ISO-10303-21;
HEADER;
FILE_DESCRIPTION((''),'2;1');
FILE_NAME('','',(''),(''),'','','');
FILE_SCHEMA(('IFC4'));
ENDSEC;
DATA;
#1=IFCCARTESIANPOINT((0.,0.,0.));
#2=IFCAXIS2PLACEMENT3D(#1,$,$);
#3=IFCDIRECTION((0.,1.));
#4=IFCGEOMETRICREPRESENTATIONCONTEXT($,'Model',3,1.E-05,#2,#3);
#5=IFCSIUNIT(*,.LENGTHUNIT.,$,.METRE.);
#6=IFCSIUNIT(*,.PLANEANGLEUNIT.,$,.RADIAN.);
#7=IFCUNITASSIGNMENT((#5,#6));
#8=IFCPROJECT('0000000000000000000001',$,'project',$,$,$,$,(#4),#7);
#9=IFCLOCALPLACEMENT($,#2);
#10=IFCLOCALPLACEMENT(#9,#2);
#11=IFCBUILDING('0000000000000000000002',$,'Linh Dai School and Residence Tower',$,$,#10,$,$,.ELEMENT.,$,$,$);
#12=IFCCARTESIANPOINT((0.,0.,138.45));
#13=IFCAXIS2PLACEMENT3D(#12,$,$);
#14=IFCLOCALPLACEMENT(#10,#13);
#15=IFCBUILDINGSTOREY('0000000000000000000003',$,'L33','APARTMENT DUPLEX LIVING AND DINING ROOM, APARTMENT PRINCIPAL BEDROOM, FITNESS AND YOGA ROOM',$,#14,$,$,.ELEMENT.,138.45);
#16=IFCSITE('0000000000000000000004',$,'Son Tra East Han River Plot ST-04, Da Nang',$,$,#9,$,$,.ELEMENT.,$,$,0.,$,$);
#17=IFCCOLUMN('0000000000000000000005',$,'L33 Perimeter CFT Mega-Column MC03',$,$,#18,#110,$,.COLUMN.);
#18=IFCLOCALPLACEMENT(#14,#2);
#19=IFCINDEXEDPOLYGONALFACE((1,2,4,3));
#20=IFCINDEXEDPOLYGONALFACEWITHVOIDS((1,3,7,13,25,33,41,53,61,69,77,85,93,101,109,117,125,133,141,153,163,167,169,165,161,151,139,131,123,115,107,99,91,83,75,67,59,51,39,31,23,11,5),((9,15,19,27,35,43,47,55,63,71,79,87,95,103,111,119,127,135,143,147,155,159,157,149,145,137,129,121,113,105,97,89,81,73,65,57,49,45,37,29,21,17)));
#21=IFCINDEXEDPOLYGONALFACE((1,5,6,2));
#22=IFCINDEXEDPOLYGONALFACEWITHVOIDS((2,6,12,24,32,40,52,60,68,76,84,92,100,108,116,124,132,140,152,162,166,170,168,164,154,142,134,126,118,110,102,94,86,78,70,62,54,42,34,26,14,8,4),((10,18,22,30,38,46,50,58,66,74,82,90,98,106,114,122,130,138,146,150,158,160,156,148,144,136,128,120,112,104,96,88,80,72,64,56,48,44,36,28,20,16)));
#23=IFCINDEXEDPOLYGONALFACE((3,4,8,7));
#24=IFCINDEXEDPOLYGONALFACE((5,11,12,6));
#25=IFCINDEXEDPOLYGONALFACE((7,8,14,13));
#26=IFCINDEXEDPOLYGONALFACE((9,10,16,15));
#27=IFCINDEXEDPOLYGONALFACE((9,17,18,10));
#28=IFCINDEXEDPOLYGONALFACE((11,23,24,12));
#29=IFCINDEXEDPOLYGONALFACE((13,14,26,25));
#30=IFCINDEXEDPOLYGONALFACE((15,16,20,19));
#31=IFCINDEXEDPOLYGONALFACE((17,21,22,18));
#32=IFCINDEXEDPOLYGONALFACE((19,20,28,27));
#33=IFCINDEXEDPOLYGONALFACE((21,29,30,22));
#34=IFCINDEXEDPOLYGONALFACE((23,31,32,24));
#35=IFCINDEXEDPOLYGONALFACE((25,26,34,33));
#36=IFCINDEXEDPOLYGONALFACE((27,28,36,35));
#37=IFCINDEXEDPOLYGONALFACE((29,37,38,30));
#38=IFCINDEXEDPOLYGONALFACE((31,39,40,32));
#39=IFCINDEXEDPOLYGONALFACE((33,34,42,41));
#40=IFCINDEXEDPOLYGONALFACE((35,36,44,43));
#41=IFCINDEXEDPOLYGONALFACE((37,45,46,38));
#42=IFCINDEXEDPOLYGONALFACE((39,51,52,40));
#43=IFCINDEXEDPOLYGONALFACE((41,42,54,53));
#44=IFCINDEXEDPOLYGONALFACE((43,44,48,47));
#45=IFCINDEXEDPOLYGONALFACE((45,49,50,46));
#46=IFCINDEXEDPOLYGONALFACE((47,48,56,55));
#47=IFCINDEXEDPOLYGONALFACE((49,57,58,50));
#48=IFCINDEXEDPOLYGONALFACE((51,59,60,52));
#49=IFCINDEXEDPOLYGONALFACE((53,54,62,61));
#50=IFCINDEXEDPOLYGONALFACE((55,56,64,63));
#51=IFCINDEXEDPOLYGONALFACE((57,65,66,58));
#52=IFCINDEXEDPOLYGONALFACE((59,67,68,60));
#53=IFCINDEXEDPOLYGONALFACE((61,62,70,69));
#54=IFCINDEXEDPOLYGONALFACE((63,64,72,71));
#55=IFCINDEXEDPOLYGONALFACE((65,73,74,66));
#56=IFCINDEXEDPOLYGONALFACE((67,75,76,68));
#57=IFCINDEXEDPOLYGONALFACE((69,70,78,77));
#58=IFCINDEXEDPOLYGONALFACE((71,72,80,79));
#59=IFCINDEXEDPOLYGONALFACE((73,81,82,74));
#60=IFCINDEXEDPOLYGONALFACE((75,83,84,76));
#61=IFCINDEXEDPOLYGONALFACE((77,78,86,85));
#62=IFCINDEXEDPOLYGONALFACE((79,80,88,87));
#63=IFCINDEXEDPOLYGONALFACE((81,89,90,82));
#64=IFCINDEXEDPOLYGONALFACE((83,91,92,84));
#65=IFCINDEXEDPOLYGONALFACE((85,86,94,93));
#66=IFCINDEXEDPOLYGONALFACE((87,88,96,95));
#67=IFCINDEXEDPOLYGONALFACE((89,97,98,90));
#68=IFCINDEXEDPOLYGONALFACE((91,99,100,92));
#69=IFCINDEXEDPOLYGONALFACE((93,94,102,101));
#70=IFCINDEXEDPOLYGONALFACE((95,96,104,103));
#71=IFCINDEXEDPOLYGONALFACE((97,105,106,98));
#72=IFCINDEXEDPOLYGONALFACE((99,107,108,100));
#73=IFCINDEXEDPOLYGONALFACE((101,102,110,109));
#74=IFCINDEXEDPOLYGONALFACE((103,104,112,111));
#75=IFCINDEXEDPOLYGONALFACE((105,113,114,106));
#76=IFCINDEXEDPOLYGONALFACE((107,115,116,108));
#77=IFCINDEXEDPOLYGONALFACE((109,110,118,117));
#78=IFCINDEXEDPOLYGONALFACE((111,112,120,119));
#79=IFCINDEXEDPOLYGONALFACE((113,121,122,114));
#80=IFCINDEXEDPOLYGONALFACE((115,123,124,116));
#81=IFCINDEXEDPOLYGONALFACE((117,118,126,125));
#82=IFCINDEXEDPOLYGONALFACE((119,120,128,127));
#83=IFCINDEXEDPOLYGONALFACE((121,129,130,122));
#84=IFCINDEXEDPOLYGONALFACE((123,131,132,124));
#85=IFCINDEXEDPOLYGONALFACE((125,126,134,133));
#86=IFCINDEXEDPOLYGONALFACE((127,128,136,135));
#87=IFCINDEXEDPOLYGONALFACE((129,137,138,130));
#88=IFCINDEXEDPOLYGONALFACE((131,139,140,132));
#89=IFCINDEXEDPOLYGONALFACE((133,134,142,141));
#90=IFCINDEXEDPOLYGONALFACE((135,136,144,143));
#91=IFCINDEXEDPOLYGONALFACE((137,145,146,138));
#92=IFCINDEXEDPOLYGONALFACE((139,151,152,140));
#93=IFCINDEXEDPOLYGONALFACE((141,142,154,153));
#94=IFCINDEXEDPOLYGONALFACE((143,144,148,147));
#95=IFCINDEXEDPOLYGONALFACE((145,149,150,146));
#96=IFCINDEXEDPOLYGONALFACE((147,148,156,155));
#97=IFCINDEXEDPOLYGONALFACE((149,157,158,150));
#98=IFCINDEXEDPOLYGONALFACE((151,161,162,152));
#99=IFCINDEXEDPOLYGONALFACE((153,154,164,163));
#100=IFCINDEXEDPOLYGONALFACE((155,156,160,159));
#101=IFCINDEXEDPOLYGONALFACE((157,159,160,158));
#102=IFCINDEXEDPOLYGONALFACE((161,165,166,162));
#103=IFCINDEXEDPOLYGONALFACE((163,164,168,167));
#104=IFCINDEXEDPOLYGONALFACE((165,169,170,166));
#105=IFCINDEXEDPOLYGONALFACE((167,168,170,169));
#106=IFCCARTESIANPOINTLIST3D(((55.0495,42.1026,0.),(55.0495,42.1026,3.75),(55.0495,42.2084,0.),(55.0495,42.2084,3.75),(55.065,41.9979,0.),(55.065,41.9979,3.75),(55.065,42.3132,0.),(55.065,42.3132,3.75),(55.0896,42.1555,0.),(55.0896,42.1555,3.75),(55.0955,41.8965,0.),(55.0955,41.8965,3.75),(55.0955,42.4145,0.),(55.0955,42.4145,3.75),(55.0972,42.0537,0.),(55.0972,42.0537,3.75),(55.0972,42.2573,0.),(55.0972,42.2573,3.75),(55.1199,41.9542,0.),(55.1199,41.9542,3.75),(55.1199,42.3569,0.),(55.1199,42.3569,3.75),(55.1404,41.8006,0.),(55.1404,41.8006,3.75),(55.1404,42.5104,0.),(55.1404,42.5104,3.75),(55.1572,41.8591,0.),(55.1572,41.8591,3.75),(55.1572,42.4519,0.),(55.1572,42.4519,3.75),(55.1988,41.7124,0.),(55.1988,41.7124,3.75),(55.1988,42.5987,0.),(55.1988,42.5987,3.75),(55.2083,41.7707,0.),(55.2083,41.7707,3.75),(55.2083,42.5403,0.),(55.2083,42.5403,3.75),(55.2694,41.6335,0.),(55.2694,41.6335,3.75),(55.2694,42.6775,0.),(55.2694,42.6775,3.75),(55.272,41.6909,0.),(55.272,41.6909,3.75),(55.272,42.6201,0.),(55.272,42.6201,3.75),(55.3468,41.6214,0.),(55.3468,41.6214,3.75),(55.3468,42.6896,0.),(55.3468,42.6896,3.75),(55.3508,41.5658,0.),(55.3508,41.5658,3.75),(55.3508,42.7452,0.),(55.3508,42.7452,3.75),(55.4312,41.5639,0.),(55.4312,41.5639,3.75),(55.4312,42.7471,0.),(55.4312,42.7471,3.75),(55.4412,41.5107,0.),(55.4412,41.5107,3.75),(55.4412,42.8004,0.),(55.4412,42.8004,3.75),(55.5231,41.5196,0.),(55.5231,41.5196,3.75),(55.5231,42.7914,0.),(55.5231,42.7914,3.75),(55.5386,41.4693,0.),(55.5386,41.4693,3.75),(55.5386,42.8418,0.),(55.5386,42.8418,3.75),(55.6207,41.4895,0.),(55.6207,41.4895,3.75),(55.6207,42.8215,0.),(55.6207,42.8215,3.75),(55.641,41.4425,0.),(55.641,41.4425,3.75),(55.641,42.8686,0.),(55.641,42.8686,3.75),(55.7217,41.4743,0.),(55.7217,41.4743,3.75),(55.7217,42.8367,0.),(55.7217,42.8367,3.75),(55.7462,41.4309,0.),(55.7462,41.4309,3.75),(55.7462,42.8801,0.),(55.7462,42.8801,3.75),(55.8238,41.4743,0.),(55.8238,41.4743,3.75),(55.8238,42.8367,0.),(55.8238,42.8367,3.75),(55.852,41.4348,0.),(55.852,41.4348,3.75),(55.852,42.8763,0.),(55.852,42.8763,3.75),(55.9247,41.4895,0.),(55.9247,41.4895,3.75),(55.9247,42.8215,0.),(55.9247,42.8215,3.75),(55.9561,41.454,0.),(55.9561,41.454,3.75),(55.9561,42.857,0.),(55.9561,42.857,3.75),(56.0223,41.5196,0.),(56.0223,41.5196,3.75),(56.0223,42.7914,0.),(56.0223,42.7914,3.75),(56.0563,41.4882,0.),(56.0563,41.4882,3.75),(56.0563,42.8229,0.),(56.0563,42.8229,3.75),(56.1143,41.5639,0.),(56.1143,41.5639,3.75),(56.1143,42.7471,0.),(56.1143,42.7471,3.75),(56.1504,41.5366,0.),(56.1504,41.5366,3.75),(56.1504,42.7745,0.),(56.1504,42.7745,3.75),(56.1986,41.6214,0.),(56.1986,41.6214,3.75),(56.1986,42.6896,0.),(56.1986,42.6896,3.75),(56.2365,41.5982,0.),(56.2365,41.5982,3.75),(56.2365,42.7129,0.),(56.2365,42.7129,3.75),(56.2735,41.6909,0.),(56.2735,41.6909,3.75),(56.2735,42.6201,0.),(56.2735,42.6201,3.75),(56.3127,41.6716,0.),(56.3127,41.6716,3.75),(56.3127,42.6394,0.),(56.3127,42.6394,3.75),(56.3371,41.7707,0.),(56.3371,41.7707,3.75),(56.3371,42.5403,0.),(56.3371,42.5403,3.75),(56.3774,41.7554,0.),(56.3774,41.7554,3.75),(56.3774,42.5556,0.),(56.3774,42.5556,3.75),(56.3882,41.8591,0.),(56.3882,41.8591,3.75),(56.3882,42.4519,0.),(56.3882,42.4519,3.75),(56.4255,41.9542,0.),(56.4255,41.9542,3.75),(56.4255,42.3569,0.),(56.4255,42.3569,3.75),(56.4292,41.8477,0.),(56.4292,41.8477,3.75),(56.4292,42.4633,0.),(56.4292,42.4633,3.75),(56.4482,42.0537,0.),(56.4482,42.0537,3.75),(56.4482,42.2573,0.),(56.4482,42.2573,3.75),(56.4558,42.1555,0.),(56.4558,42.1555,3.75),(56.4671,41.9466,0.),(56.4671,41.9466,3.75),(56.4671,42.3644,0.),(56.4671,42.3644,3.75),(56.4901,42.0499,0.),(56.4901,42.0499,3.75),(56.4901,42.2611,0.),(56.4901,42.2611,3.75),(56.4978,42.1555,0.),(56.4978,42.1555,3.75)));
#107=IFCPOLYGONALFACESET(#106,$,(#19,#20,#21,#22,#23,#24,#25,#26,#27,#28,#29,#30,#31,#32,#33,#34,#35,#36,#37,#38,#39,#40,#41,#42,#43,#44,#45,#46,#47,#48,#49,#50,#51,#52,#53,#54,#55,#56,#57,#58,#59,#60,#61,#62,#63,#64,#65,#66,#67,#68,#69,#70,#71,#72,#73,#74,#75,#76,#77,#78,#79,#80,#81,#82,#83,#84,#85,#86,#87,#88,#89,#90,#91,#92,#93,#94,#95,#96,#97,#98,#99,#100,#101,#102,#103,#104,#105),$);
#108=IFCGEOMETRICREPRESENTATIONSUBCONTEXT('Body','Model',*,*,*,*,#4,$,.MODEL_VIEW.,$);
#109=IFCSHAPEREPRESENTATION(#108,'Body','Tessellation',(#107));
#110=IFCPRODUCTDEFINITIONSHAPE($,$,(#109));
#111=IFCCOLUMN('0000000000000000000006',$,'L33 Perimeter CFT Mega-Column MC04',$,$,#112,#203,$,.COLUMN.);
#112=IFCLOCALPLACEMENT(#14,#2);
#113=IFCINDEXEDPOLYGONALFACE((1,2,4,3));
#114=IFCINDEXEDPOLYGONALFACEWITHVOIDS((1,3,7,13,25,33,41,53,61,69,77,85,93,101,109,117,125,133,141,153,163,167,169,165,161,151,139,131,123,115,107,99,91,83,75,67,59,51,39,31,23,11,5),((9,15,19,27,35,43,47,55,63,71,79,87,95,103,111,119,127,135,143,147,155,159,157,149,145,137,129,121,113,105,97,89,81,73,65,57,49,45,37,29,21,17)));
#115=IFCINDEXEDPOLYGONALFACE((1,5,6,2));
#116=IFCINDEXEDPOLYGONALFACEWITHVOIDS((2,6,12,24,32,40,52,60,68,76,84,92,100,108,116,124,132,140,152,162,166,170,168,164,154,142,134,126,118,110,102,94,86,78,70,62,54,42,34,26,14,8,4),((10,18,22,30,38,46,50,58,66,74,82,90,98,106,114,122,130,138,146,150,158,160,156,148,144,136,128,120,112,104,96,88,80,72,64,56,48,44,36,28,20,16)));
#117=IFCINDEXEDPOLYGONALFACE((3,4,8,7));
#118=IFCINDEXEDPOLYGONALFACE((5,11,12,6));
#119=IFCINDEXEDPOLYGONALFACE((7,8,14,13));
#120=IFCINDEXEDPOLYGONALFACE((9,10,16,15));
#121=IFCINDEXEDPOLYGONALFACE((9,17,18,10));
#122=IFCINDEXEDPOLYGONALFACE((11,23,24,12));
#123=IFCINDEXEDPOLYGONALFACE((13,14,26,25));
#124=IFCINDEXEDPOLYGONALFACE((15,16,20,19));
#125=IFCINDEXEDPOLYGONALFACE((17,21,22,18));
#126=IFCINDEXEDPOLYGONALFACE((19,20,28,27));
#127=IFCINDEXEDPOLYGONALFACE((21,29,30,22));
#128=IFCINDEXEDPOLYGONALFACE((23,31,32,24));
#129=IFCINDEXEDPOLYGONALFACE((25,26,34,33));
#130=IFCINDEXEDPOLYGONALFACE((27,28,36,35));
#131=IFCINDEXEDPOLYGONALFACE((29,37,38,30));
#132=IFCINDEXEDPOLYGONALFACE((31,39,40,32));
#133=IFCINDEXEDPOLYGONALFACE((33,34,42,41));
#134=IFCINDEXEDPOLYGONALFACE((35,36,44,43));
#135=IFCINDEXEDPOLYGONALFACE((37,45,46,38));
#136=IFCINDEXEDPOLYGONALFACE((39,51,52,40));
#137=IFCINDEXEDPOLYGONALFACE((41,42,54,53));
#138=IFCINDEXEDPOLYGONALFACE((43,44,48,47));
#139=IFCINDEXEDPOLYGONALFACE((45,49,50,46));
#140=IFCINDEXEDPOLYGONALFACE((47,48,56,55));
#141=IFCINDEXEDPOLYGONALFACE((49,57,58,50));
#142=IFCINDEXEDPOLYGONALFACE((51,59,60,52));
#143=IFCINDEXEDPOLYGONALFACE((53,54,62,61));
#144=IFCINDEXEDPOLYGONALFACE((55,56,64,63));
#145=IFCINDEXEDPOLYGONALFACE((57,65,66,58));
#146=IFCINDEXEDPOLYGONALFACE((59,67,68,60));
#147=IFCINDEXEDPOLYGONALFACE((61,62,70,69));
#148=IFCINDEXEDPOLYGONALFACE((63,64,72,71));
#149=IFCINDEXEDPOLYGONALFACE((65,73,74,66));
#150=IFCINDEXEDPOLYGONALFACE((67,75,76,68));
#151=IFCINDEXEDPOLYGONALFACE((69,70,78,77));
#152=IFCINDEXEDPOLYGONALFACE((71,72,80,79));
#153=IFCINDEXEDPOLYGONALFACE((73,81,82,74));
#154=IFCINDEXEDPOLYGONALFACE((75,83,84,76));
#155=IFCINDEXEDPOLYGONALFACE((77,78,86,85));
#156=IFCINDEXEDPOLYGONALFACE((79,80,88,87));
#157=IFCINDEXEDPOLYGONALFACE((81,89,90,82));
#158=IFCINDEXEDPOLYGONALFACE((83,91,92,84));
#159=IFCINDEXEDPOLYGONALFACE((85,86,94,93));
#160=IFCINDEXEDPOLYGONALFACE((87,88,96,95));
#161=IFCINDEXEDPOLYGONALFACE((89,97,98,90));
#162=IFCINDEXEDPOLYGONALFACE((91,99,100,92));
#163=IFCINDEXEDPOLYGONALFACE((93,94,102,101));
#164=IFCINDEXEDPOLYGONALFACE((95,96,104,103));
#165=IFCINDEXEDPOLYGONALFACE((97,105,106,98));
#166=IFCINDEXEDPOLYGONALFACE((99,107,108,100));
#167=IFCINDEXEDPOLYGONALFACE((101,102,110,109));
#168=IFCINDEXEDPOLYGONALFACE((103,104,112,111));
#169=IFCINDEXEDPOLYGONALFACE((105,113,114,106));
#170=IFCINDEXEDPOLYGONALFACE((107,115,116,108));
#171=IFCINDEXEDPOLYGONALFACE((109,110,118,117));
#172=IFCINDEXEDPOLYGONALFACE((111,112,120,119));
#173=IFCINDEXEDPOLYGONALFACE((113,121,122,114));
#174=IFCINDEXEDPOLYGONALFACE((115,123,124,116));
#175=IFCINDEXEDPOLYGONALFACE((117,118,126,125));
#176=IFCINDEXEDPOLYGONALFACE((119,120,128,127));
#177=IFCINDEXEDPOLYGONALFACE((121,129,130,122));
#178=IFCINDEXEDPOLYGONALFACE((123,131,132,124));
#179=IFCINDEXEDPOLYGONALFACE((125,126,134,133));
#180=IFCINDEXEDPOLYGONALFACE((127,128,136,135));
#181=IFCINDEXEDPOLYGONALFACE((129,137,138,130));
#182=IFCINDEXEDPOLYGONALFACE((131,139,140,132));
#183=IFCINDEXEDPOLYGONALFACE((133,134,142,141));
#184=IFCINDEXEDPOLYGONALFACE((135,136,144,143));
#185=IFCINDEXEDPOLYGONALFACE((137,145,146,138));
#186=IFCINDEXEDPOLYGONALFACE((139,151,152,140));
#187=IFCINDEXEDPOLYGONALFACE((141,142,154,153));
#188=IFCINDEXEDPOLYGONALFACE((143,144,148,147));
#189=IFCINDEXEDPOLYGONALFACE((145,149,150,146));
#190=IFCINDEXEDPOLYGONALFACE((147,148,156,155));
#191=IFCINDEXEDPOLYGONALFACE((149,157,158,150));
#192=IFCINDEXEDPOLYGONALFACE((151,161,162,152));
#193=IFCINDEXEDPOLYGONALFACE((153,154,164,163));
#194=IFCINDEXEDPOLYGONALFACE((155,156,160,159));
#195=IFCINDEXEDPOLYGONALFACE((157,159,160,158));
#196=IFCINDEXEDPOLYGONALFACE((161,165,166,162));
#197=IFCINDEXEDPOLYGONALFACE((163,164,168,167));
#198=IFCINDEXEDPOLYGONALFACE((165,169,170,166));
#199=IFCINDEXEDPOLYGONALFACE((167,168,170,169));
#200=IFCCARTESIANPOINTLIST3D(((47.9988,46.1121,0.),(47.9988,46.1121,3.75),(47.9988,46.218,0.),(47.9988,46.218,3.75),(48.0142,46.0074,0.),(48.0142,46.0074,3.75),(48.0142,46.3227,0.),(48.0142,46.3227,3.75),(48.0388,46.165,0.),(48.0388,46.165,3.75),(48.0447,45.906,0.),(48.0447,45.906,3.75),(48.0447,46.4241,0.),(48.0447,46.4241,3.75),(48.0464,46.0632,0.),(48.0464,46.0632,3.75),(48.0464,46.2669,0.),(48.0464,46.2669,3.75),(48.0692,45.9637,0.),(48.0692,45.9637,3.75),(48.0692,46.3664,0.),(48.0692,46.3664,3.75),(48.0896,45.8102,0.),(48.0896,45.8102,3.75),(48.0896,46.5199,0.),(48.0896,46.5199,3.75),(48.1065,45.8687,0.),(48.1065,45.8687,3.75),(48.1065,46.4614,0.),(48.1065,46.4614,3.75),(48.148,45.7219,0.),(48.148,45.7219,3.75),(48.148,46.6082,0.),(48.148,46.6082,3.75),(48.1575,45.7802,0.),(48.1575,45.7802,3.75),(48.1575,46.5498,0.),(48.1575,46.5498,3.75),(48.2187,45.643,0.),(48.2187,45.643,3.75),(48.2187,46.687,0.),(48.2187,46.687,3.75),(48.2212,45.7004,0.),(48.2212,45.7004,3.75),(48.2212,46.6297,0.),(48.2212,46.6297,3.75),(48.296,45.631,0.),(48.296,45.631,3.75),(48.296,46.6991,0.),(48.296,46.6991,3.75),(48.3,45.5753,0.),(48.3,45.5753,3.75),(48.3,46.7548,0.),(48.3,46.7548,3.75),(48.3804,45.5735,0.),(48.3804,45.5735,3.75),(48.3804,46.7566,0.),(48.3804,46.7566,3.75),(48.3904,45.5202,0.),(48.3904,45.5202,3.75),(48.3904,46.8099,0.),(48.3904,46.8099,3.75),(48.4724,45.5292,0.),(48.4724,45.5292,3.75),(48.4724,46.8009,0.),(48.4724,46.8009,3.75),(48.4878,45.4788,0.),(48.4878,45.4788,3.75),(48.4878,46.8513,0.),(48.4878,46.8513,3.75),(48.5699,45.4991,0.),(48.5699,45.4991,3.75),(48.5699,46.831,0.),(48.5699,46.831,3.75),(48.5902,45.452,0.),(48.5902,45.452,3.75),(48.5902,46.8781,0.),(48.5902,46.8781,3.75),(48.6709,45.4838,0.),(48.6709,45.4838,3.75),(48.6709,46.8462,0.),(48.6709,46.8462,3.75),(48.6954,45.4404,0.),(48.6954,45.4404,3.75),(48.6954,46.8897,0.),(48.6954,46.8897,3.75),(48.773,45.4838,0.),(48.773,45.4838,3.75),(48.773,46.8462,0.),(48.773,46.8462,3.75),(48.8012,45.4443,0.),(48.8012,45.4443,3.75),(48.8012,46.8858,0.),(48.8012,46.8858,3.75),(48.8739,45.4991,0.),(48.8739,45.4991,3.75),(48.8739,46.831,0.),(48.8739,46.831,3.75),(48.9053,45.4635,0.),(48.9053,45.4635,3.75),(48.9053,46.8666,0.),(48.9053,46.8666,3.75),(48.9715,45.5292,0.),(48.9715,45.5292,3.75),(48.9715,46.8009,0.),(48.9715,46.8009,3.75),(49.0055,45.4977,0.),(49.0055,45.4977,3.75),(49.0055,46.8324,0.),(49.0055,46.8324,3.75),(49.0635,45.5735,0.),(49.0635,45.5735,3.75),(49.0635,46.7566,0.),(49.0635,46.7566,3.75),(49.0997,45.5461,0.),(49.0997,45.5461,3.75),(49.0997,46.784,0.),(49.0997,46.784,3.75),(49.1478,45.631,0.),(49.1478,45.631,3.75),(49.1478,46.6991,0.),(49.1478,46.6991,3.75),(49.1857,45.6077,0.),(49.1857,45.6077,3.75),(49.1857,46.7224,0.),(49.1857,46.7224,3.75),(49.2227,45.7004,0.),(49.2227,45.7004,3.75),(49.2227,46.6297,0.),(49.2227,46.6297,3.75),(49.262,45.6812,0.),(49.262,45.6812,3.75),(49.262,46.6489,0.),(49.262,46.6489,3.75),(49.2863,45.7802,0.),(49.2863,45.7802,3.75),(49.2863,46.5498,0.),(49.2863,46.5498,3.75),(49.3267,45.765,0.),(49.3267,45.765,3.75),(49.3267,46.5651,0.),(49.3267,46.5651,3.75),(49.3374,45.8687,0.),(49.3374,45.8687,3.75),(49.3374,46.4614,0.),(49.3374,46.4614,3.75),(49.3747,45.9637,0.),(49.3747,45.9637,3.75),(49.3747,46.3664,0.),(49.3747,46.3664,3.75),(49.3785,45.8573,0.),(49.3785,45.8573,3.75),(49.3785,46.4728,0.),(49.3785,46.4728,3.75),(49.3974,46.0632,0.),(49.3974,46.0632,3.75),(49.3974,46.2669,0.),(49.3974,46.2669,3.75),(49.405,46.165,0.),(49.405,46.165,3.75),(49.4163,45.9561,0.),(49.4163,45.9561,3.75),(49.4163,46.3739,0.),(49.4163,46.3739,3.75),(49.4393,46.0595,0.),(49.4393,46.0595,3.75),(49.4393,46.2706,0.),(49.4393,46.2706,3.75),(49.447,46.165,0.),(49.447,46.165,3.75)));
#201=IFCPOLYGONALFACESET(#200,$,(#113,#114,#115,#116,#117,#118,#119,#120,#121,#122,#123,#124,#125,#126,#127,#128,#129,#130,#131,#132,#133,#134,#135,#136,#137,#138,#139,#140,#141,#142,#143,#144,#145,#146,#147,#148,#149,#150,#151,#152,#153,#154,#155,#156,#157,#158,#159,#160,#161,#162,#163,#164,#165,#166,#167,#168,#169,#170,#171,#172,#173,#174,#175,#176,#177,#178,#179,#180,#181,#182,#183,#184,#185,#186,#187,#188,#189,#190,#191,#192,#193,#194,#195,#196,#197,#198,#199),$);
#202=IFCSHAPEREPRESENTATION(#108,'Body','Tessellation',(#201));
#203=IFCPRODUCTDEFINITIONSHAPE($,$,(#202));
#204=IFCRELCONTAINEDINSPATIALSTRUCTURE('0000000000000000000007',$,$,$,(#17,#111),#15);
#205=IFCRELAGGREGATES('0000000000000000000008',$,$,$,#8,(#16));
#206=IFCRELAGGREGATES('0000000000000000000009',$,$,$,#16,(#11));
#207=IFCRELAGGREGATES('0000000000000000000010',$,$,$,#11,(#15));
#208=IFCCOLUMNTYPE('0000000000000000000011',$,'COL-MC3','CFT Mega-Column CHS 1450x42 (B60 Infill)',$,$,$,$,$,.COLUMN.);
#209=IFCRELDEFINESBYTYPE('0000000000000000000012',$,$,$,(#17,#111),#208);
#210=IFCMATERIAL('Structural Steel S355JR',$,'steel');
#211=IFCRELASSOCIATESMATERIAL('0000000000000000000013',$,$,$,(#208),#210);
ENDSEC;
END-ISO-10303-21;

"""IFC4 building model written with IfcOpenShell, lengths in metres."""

from ifc_helpers import new_model, si_unit, direction, frame, origin, origin_2d, place, context, subcontext, project, spatial, hollow_circle, extrude, material, material_profile, profile_set, type_object, element, save


model = new_model("IFC4")

# Units and contexts
model_context = context("Model", 3, precision=1e-05, world=origin(), true_north=direction((0.0, 1.0)))
body_context = subcontext(model_context, "Body", "Model", "MODEL_VIEW")
ifc_project = project(units=[si_unit("LENGTHUNIT", "METRE"), si_unit("PLANEANGLEUNIT", "RADIAN")], contexts=[model_context])

# Site, building, storey
site_placement = place(None, origin())
site = spatial("IfcSite", under=ifc_project, at=site_placement, Name="Son Tra East Han River Plot ST-04, Da Nang", CompositionType="ELEMENT", RefElevation=0.0)
building_placement = place(site_placement, origin())
building = spatial("IfcBuilding", under=site, at=building_placement, Name="Linh Dai School and Residence Tower", CompositionType="ELEMENT")
storey_placement = place(building_placement, frame((0.0, 0.0, 138.45)))
storey = spatial("IfcBuildingStorey", under=building, at=storey_placement, Name="L33", Description="APARTMENT DUPLEX LIVING AND DINING ROOM, APARTMENT PRINCIPAL BEDROOM, FITNESS AND YOGA ROOM", CompositionType="ELEMENT", Elevation=138.45)

# Columns
ifc_material_1 = material(Name="Structural Steel S355JR", Category="steel")
ifc_material_profile_1 = material_profile(ifc_material_1, hollow_circle(Radius=0.7251, WallThickness=0.042, at=origin_2d()), Name="CHS 1450x42")
ifc_profile_set_1 = profile_set([ifc_material_profile_1], Name="Structural Steel S355JR")
column_type = type_object("IfcColumnType", Name="COL-MC3", Description="CFT Mega-Column CHS 1450x42 (B60 Infill)", PredefinedType="COLUMN", material=ifc_profile_set_1)
for number, where, z_axis, x_axis, name in (
    (1, (55.7727, 42.1555, 0.0), (0.0, 0.0, 1.0), (1.0, 0.0, 0.0), "L33 Perimeter CFT Mega-Column MC03"),
    (2, (48.7219, 46.165, 0.0), (0.0, 0.0, 1.0), (1.0, 0.0, 0.0), "L33 Perimeter CFT Mega-Column MC04"),
):
    element("IfcColumn", number, at=place(storey_placement, frame(where, z_axis=z_axis, x_axis=x_axis)), inside=storey, type_object=column_type, Name=name, PredefinedType="COLUMN", context=body_context, shape_type="SweptSolid", body=[
        extrude(hollow_circle(Radius=0.7251, WallThickness=0.042, at=origin_2d()), origin(), (0.0, 0.0, 1.0), 3.75),
    ])

save(model, "model.ifc")
